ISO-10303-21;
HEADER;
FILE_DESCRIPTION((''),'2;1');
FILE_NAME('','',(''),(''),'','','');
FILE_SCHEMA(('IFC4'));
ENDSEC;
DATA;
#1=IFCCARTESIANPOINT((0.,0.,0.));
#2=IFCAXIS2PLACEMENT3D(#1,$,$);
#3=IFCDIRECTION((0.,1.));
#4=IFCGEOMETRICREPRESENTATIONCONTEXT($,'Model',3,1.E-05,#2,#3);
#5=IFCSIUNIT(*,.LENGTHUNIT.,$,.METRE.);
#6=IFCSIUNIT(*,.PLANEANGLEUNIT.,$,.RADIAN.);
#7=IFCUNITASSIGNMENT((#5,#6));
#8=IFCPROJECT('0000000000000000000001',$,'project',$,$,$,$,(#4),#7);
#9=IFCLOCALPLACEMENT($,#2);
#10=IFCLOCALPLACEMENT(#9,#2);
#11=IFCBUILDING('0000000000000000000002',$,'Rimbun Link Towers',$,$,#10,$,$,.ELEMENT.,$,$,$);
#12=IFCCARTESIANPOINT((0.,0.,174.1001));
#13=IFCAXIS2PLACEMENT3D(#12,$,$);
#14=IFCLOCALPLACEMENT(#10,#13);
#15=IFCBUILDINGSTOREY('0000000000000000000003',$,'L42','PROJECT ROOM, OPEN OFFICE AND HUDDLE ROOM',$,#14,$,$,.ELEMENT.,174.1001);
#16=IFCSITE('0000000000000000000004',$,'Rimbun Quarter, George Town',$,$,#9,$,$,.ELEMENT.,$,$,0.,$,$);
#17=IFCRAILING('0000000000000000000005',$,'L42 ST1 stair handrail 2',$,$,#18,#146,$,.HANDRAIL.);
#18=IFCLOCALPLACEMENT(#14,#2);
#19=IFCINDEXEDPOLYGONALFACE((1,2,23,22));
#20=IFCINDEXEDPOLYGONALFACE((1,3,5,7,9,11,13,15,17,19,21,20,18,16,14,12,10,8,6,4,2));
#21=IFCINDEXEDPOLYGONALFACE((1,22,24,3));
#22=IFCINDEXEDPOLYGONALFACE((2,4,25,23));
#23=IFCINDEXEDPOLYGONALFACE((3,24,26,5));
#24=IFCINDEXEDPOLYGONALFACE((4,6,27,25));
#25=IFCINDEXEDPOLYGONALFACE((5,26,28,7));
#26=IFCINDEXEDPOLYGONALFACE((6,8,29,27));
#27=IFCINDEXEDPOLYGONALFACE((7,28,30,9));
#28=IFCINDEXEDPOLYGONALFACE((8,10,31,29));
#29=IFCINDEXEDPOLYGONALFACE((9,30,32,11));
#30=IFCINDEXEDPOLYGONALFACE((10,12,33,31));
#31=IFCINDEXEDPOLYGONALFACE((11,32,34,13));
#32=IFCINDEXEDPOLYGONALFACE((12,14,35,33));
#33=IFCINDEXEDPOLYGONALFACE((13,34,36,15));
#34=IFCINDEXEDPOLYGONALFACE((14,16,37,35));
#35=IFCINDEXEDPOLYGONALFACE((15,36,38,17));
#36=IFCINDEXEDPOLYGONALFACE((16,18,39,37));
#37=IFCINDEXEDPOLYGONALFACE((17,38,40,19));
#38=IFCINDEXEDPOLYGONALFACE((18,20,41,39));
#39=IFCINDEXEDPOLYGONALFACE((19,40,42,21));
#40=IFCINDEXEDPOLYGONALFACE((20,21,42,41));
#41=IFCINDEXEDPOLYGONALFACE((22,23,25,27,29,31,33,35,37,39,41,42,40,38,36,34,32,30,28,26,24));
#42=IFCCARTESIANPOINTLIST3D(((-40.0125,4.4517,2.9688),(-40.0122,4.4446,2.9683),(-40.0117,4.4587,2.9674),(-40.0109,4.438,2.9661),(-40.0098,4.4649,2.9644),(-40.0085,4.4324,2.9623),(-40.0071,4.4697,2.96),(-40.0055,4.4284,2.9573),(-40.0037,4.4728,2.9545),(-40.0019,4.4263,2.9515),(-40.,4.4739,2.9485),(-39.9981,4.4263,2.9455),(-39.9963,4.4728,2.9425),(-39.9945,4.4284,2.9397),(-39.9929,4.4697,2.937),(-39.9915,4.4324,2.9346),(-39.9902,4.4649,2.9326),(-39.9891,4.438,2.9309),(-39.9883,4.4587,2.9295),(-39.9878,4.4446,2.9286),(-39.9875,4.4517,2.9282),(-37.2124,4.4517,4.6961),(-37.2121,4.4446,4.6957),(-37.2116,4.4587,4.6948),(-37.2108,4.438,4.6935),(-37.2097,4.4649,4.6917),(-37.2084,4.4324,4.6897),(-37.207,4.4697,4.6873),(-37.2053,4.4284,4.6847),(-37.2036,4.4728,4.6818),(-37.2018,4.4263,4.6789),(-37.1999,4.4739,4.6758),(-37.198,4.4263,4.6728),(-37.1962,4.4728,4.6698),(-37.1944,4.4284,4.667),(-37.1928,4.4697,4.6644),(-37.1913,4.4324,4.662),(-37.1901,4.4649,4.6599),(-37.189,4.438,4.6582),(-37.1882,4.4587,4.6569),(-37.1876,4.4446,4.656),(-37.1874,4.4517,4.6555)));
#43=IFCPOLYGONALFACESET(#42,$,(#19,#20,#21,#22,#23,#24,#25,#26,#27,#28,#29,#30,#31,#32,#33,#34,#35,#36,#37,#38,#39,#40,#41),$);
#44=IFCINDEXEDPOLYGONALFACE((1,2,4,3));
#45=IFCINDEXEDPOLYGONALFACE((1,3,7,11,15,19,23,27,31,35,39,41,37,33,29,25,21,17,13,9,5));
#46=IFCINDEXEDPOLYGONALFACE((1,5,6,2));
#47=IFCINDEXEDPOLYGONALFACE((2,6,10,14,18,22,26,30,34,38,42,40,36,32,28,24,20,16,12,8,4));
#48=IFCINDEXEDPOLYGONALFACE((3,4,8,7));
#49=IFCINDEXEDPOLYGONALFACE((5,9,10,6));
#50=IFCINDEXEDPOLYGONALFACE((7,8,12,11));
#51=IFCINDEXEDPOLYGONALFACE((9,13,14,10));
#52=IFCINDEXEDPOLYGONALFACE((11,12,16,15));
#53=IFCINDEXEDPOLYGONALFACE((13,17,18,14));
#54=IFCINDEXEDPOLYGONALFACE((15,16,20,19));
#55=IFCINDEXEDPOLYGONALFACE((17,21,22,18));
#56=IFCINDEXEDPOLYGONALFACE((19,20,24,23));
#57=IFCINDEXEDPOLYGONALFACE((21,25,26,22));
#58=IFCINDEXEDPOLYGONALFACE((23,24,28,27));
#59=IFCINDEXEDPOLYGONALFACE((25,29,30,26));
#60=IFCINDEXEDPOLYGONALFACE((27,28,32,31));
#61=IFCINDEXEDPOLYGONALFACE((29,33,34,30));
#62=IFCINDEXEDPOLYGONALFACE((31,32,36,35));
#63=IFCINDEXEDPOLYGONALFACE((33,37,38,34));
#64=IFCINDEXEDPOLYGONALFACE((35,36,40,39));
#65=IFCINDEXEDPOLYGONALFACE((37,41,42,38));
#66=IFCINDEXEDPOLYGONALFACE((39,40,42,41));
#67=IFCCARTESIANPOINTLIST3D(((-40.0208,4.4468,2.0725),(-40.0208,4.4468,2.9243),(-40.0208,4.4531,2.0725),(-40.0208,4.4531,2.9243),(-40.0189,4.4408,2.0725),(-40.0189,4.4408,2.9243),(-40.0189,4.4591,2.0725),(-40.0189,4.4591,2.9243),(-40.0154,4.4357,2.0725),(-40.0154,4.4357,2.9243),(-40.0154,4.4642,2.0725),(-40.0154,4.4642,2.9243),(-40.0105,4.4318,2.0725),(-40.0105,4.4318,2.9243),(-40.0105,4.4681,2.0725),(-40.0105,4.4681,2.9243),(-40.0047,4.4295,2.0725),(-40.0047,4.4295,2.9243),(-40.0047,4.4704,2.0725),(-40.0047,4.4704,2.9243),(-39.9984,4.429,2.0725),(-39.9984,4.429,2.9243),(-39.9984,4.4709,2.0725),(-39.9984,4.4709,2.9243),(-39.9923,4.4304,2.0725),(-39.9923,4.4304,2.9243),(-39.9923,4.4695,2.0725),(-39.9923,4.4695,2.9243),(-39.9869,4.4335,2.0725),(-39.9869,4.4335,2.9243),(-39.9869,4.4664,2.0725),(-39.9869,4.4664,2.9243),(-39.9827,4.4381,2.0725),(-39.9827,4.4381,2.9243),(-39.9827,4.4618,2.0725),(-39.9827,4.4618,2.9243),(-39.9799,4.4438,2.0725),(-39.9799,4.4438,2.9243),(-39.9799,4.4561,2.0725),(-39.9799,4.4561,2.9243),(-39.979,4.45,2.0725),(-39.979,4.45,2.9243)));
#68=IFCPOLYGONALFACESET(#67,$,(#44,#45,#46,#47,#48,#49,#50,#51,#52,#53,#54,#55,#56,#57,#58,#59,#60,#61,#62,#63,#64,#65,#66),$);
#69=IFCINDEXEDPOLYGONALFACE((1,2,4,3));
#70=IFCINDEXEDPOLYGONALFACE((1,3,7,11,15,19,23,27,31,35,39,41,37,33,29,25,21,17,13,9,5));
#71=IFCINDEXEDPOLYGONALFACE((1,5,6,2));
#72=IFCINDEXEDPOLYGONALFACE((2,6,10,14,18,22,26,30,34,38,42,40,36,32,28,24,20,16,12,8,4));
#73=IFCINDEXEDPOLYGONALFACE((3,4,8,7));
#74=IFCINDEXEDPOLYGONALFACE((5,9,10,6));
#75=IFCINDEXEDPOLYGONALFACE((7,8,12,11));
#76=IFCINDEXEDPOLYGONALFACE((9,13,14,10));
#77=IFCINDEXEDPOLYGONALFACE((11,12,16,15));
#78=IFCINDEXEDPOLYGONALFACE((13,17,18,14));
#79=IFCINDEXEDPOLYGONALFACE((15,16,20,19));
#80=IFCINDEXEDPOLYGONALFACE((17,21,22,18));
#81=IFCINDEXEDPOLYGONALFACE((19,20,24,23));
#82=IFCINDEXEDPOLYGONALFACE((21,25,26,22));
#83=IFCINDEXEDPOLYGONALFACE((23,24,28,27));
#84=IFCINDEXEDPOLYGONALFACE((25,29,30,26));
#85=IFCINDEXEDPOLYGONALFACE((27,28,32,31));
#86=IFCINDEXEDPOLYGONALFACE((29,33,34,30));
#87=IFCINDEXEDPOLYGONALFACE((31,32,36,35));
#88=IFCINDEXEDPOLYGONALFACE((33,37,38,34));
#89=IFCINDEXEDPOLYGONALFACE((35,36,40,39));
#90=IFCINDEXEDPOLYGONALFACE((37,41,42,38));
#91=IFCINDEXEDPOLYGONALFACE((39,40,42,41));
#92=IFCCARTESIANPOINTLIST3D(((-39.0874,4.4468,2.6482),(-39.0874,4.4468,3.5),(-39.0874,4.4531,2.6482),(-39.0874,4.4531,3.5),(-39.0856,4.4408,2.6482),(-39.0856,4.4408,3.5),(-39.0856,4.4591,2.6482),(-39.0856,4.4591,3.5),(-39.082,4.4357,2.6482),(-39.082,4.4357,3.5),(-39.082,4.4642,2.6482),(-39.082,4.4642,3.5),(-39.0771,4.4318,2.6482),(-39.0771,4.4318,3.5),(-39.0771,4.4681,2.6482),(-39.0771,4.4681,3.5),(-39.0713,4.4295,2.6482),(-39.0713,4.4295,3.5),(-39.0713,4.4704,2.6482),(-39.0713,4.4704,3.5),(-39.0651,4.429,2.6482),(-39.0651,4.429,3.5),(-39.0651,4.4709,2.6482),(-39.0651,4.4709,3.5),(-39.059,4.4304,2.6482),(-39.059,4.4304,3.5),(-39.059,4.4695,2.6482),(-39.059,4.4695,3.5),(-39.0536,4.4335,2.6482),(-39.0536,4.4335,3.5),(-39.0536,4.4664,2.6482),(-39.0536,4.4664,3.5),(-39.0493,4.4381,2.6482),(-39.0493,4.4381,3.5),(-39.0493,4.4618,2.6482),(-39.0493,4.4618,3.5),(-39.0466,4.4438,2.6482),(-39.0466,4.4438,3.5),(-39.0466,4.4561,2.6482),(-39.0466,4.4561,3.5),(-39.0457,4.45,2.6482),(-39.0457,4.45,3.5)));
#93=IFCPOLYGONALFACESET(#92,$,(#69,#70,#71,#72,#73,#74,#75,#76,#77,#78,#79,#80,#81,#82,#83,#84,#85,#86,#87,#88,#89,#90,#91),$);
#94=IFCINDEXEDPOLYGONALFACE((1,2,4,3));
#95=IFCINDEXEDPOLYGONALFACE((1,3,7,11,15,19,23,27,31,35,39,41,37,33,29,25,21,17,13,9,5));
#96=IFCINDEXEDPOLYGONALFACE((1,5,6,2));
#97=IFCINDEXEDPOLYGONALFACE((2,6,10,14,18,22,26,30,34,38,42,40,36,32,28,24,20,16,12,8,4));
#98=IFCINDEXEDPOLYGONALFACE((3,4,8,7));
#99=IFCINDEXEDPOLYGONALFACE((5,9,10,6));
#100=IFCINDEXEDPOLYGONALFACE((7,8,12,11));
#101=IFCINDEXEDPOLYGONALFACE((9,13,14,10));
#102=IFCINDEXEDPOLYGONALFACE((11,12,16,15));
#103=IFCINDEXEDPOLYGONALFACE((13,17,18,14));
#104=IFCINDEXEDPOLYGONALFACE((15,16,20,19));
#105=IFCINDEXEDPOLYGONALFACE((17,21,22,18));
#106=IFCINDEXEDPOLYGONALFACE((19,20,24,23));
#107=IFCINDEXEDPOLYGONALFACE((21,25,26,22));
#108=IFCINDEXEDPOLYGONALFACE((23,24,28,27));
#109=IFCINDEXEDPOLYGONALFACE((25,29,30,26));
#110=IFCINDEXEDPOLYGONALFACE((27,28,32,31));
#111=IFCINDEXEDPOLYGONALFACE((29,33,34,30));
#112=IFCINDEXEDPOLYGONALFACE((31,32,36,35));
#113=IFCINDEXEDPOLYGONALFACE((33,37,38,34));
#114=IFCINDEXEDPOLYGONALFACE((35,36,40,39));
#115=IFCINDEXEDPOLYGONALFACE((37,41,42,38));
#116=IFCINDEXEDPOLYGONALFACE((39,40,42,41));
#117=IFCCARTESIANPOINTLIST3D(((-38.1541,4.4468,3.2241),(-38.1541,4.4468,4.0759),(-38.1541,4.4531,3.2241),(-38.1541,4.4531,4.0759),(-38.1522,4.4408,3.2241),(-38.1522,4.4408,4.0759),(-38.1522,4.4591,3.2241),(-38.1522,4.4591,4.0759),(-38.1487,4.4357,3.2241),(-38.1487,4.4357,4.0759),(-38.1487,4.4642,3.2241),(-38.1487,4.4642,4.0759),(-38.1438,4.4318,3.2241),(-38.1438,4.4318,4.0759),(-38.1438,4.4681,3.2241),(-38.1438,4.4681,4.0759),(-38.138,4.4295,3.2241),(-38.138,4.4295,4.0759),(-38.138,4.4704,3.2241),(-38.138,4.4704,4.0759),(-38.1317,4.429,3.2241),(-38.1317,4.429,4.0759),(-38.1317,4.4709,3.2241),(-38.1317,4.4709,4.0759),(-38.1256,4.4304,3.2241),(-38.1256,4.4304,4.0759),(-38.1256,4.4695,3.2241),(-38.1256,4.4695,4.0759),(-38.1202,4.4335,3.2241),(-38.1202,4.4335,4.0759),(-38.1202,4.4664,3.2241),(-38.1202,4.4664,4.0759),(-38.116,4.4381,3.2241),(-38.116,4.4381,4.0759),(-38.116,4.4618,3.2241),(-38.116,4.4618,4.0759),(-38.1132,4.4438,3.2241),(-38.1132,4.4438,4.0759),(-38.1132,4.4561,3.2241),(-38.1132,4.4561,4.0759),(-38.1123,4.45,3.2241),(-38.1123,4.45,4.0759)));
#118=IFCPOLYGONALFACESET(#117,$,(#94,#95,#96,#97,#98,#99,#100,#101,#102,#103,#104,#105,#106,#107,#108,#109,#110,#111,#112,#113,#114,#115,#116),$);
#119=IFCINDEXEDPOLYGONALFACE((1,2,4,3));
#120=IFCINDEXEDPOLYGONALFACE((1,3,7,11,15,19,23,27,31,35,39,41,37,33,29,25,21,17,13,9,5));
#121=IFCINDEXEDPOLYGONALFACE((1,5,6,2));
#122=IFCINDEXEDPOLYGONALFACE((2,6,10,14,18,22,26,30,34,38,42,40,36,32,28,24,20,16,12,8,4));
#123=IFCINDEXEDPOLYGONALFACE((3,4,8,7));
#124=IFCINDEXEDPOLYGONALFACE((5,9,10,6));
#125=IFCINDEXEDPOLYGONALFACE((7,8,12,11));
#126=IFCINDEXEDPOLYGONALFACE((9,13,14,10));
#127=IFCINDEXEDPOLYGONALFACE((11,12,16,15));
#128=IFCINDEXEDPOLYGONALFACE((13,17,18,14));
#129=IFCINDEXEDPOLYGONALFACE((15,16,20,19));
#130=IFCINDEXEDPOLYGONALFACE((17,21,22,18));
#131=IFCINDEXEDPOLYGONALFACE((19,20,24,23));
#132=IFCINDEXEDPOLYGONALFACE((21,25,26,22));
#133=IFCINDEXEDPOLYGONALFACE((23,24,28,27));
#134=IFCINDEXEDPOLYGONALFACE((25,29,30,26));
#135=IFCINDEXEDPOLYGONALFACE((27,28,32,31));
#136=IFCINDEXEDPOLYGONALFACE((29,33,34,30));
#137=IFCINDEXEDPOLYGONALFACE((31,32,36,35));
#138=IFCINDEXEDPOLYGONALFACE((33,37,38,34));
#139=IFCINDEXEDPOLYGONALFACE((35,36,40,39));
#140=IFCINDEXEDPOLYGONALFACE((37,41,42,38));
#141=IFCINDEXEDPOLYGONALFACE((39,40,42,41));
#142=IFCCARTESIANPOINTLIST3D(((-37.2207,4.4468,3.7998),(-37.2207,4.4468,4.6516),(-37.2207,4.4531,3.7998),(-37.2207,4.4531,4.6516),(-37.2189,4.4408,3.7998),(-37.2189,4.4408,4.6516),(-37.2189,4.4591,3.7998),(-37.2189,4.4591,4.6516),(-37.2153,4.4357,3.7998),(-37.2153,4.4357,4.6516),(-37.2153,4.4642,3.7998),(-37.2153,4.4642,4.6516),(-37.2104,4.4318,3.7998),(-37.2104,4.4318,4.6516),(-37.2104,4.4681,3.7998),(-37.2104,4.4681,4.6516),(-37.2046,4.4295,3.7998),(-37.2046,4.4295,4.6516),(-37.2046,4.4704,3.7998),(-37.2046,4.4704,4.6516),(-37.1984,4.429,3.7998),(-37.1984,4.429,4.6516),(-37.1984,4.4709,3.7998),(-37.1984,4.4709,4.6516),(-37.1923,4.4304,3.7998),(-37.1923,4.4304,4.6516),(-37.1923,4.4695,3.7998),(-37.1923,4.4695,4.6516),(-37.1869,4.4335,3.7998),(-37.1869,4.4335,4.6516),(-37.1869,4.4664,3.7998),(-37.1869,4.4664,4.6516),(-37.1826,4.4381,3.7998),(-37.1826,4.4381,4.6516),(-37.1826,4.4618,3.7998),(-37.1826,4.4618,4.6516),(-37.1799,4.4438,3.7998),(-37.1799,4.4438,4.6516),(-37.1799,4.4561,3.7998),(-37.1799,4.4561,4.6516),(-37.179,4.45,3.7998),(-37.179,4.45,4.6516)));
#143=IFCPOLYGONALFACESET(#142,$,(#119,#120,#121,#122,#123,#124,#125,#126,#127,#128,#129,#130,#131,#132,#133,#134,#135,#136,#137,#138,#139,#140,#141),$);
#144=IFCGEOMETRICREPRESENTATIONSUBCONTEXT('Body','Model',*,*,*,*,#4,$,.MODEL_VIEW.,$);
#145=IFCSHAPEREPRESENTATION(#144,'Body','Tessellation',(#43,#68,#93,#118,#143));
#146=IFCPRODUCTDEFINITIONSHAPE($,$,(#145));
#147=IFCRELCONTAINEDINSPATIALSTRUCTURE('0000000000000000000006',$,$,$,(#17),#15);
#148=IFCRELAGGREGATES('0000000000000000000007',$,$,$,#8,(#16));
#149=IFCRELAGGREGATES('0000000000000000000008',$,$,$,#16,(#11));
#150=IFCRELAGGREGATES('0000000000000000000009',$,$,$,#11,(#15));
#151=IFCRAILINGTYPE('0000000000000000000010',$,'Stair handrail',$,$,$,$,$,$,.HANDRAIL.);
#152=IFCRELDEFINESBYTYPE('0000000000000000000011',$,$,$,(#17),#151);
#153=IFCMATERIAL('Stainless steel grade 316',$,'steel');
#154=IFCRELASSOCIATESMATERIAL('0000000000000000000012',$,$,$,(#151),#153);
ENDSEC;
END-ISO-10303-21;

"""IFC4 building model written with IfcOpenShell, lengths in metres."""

from ifc_helpers import new_model, si_unit, direction, frame, origin, origin_2d, place, context, subcontext, project, spatial, circle, extrude, material, type_object, element, save


model = new_model("IFC4")

# Units and contexts
model_context = context("Model", 3, precision=1e-05, world=origin(), true_north=direction((0.0, 1.0)))
body_context = subcontext(model_context, "Body", "Model", "MODEL_VIEW")
ifc_project = project(units=[si_unit("LENGTHUNIT", "METRE"), si_unit("PLANEANGLEUNIT", "RADIAN")], contexts=[model_context])

# Site, building, storey
site_placement = place(None, origin())
site = spatial("IfcSite", under=ifc_project, at=site_placement, Name="Rimbun Quarter, George Town", CompositionType="ELEMENT", RefElevation=0.0)
building_placement = place(site_placement, origin())
building = spatial("IfcBuilding", under=site, at=building_placement, Name="Rimbun Link Towers", CompositionType="ELEMENT")
storey_placement = place(building_placement, frame((0.0, 0.0, 174.1001)))
storey = spatial("IfcBuildingStorey", under=building, at=storey_placement, Name="L42", Description="PROJECT ROOM, OPEN OFFICE AND HUDDLE ROOM", CompositionType="ELEMENT", Elevation=174.1001)

# Railing
ifc_material_1 = material(Name="Stainless steel grade 316", Category="steel")
railing_type_1 = type_object("IfcRailingType", Name="Stair handrail", PredefinedType="HANDRAIL", material=ifc_material_1)
railing_1_placement = place(storey_placement, frame((-40.0, 4.45, 2.0725)))
element("IfcRailing", 1, at=railing_1_placement, inside=storey, type_object=railing_type_1, Name="L42 ST1 stair handrail 2", PredefinedType="HANDRAIL", context=body_context, shape_type="SweptSolid", body=[
    extrude(circle(Radius=0.0239, at=origin_2d()), frame((0.0, 0.0, 0.876), z_axis=(0.85109, 0.0, 0.52502), x_axis=(0.0, 1.0, 0.0)), (0.0, 0.0, 1.0), 3.29),
    extrude(circle(Radius=0.021, at=origin_2d()), origin(), (0.0, 0.0, 1.0), 0.8518),
    extrude(circle(Radius=0.021, at=origin_2d()), frame((0.9333, 0.0, 0.5757)), (0.0, 0.0, 1.0), 0.8518),
    extrude(circle(Radius=0.021, at=origin_2d()), frame((1.8667, 0.0, 1.1516)), (0.0, 0.0, 1.0), 0.8518),
    extrude(circle(Radius=0.021, at=origin_2d()), frame((2.8, 0.0, 1.7273)), (0.0, 0.0, 1.0), 0.8518),
])

save(model, "model.ifc")
